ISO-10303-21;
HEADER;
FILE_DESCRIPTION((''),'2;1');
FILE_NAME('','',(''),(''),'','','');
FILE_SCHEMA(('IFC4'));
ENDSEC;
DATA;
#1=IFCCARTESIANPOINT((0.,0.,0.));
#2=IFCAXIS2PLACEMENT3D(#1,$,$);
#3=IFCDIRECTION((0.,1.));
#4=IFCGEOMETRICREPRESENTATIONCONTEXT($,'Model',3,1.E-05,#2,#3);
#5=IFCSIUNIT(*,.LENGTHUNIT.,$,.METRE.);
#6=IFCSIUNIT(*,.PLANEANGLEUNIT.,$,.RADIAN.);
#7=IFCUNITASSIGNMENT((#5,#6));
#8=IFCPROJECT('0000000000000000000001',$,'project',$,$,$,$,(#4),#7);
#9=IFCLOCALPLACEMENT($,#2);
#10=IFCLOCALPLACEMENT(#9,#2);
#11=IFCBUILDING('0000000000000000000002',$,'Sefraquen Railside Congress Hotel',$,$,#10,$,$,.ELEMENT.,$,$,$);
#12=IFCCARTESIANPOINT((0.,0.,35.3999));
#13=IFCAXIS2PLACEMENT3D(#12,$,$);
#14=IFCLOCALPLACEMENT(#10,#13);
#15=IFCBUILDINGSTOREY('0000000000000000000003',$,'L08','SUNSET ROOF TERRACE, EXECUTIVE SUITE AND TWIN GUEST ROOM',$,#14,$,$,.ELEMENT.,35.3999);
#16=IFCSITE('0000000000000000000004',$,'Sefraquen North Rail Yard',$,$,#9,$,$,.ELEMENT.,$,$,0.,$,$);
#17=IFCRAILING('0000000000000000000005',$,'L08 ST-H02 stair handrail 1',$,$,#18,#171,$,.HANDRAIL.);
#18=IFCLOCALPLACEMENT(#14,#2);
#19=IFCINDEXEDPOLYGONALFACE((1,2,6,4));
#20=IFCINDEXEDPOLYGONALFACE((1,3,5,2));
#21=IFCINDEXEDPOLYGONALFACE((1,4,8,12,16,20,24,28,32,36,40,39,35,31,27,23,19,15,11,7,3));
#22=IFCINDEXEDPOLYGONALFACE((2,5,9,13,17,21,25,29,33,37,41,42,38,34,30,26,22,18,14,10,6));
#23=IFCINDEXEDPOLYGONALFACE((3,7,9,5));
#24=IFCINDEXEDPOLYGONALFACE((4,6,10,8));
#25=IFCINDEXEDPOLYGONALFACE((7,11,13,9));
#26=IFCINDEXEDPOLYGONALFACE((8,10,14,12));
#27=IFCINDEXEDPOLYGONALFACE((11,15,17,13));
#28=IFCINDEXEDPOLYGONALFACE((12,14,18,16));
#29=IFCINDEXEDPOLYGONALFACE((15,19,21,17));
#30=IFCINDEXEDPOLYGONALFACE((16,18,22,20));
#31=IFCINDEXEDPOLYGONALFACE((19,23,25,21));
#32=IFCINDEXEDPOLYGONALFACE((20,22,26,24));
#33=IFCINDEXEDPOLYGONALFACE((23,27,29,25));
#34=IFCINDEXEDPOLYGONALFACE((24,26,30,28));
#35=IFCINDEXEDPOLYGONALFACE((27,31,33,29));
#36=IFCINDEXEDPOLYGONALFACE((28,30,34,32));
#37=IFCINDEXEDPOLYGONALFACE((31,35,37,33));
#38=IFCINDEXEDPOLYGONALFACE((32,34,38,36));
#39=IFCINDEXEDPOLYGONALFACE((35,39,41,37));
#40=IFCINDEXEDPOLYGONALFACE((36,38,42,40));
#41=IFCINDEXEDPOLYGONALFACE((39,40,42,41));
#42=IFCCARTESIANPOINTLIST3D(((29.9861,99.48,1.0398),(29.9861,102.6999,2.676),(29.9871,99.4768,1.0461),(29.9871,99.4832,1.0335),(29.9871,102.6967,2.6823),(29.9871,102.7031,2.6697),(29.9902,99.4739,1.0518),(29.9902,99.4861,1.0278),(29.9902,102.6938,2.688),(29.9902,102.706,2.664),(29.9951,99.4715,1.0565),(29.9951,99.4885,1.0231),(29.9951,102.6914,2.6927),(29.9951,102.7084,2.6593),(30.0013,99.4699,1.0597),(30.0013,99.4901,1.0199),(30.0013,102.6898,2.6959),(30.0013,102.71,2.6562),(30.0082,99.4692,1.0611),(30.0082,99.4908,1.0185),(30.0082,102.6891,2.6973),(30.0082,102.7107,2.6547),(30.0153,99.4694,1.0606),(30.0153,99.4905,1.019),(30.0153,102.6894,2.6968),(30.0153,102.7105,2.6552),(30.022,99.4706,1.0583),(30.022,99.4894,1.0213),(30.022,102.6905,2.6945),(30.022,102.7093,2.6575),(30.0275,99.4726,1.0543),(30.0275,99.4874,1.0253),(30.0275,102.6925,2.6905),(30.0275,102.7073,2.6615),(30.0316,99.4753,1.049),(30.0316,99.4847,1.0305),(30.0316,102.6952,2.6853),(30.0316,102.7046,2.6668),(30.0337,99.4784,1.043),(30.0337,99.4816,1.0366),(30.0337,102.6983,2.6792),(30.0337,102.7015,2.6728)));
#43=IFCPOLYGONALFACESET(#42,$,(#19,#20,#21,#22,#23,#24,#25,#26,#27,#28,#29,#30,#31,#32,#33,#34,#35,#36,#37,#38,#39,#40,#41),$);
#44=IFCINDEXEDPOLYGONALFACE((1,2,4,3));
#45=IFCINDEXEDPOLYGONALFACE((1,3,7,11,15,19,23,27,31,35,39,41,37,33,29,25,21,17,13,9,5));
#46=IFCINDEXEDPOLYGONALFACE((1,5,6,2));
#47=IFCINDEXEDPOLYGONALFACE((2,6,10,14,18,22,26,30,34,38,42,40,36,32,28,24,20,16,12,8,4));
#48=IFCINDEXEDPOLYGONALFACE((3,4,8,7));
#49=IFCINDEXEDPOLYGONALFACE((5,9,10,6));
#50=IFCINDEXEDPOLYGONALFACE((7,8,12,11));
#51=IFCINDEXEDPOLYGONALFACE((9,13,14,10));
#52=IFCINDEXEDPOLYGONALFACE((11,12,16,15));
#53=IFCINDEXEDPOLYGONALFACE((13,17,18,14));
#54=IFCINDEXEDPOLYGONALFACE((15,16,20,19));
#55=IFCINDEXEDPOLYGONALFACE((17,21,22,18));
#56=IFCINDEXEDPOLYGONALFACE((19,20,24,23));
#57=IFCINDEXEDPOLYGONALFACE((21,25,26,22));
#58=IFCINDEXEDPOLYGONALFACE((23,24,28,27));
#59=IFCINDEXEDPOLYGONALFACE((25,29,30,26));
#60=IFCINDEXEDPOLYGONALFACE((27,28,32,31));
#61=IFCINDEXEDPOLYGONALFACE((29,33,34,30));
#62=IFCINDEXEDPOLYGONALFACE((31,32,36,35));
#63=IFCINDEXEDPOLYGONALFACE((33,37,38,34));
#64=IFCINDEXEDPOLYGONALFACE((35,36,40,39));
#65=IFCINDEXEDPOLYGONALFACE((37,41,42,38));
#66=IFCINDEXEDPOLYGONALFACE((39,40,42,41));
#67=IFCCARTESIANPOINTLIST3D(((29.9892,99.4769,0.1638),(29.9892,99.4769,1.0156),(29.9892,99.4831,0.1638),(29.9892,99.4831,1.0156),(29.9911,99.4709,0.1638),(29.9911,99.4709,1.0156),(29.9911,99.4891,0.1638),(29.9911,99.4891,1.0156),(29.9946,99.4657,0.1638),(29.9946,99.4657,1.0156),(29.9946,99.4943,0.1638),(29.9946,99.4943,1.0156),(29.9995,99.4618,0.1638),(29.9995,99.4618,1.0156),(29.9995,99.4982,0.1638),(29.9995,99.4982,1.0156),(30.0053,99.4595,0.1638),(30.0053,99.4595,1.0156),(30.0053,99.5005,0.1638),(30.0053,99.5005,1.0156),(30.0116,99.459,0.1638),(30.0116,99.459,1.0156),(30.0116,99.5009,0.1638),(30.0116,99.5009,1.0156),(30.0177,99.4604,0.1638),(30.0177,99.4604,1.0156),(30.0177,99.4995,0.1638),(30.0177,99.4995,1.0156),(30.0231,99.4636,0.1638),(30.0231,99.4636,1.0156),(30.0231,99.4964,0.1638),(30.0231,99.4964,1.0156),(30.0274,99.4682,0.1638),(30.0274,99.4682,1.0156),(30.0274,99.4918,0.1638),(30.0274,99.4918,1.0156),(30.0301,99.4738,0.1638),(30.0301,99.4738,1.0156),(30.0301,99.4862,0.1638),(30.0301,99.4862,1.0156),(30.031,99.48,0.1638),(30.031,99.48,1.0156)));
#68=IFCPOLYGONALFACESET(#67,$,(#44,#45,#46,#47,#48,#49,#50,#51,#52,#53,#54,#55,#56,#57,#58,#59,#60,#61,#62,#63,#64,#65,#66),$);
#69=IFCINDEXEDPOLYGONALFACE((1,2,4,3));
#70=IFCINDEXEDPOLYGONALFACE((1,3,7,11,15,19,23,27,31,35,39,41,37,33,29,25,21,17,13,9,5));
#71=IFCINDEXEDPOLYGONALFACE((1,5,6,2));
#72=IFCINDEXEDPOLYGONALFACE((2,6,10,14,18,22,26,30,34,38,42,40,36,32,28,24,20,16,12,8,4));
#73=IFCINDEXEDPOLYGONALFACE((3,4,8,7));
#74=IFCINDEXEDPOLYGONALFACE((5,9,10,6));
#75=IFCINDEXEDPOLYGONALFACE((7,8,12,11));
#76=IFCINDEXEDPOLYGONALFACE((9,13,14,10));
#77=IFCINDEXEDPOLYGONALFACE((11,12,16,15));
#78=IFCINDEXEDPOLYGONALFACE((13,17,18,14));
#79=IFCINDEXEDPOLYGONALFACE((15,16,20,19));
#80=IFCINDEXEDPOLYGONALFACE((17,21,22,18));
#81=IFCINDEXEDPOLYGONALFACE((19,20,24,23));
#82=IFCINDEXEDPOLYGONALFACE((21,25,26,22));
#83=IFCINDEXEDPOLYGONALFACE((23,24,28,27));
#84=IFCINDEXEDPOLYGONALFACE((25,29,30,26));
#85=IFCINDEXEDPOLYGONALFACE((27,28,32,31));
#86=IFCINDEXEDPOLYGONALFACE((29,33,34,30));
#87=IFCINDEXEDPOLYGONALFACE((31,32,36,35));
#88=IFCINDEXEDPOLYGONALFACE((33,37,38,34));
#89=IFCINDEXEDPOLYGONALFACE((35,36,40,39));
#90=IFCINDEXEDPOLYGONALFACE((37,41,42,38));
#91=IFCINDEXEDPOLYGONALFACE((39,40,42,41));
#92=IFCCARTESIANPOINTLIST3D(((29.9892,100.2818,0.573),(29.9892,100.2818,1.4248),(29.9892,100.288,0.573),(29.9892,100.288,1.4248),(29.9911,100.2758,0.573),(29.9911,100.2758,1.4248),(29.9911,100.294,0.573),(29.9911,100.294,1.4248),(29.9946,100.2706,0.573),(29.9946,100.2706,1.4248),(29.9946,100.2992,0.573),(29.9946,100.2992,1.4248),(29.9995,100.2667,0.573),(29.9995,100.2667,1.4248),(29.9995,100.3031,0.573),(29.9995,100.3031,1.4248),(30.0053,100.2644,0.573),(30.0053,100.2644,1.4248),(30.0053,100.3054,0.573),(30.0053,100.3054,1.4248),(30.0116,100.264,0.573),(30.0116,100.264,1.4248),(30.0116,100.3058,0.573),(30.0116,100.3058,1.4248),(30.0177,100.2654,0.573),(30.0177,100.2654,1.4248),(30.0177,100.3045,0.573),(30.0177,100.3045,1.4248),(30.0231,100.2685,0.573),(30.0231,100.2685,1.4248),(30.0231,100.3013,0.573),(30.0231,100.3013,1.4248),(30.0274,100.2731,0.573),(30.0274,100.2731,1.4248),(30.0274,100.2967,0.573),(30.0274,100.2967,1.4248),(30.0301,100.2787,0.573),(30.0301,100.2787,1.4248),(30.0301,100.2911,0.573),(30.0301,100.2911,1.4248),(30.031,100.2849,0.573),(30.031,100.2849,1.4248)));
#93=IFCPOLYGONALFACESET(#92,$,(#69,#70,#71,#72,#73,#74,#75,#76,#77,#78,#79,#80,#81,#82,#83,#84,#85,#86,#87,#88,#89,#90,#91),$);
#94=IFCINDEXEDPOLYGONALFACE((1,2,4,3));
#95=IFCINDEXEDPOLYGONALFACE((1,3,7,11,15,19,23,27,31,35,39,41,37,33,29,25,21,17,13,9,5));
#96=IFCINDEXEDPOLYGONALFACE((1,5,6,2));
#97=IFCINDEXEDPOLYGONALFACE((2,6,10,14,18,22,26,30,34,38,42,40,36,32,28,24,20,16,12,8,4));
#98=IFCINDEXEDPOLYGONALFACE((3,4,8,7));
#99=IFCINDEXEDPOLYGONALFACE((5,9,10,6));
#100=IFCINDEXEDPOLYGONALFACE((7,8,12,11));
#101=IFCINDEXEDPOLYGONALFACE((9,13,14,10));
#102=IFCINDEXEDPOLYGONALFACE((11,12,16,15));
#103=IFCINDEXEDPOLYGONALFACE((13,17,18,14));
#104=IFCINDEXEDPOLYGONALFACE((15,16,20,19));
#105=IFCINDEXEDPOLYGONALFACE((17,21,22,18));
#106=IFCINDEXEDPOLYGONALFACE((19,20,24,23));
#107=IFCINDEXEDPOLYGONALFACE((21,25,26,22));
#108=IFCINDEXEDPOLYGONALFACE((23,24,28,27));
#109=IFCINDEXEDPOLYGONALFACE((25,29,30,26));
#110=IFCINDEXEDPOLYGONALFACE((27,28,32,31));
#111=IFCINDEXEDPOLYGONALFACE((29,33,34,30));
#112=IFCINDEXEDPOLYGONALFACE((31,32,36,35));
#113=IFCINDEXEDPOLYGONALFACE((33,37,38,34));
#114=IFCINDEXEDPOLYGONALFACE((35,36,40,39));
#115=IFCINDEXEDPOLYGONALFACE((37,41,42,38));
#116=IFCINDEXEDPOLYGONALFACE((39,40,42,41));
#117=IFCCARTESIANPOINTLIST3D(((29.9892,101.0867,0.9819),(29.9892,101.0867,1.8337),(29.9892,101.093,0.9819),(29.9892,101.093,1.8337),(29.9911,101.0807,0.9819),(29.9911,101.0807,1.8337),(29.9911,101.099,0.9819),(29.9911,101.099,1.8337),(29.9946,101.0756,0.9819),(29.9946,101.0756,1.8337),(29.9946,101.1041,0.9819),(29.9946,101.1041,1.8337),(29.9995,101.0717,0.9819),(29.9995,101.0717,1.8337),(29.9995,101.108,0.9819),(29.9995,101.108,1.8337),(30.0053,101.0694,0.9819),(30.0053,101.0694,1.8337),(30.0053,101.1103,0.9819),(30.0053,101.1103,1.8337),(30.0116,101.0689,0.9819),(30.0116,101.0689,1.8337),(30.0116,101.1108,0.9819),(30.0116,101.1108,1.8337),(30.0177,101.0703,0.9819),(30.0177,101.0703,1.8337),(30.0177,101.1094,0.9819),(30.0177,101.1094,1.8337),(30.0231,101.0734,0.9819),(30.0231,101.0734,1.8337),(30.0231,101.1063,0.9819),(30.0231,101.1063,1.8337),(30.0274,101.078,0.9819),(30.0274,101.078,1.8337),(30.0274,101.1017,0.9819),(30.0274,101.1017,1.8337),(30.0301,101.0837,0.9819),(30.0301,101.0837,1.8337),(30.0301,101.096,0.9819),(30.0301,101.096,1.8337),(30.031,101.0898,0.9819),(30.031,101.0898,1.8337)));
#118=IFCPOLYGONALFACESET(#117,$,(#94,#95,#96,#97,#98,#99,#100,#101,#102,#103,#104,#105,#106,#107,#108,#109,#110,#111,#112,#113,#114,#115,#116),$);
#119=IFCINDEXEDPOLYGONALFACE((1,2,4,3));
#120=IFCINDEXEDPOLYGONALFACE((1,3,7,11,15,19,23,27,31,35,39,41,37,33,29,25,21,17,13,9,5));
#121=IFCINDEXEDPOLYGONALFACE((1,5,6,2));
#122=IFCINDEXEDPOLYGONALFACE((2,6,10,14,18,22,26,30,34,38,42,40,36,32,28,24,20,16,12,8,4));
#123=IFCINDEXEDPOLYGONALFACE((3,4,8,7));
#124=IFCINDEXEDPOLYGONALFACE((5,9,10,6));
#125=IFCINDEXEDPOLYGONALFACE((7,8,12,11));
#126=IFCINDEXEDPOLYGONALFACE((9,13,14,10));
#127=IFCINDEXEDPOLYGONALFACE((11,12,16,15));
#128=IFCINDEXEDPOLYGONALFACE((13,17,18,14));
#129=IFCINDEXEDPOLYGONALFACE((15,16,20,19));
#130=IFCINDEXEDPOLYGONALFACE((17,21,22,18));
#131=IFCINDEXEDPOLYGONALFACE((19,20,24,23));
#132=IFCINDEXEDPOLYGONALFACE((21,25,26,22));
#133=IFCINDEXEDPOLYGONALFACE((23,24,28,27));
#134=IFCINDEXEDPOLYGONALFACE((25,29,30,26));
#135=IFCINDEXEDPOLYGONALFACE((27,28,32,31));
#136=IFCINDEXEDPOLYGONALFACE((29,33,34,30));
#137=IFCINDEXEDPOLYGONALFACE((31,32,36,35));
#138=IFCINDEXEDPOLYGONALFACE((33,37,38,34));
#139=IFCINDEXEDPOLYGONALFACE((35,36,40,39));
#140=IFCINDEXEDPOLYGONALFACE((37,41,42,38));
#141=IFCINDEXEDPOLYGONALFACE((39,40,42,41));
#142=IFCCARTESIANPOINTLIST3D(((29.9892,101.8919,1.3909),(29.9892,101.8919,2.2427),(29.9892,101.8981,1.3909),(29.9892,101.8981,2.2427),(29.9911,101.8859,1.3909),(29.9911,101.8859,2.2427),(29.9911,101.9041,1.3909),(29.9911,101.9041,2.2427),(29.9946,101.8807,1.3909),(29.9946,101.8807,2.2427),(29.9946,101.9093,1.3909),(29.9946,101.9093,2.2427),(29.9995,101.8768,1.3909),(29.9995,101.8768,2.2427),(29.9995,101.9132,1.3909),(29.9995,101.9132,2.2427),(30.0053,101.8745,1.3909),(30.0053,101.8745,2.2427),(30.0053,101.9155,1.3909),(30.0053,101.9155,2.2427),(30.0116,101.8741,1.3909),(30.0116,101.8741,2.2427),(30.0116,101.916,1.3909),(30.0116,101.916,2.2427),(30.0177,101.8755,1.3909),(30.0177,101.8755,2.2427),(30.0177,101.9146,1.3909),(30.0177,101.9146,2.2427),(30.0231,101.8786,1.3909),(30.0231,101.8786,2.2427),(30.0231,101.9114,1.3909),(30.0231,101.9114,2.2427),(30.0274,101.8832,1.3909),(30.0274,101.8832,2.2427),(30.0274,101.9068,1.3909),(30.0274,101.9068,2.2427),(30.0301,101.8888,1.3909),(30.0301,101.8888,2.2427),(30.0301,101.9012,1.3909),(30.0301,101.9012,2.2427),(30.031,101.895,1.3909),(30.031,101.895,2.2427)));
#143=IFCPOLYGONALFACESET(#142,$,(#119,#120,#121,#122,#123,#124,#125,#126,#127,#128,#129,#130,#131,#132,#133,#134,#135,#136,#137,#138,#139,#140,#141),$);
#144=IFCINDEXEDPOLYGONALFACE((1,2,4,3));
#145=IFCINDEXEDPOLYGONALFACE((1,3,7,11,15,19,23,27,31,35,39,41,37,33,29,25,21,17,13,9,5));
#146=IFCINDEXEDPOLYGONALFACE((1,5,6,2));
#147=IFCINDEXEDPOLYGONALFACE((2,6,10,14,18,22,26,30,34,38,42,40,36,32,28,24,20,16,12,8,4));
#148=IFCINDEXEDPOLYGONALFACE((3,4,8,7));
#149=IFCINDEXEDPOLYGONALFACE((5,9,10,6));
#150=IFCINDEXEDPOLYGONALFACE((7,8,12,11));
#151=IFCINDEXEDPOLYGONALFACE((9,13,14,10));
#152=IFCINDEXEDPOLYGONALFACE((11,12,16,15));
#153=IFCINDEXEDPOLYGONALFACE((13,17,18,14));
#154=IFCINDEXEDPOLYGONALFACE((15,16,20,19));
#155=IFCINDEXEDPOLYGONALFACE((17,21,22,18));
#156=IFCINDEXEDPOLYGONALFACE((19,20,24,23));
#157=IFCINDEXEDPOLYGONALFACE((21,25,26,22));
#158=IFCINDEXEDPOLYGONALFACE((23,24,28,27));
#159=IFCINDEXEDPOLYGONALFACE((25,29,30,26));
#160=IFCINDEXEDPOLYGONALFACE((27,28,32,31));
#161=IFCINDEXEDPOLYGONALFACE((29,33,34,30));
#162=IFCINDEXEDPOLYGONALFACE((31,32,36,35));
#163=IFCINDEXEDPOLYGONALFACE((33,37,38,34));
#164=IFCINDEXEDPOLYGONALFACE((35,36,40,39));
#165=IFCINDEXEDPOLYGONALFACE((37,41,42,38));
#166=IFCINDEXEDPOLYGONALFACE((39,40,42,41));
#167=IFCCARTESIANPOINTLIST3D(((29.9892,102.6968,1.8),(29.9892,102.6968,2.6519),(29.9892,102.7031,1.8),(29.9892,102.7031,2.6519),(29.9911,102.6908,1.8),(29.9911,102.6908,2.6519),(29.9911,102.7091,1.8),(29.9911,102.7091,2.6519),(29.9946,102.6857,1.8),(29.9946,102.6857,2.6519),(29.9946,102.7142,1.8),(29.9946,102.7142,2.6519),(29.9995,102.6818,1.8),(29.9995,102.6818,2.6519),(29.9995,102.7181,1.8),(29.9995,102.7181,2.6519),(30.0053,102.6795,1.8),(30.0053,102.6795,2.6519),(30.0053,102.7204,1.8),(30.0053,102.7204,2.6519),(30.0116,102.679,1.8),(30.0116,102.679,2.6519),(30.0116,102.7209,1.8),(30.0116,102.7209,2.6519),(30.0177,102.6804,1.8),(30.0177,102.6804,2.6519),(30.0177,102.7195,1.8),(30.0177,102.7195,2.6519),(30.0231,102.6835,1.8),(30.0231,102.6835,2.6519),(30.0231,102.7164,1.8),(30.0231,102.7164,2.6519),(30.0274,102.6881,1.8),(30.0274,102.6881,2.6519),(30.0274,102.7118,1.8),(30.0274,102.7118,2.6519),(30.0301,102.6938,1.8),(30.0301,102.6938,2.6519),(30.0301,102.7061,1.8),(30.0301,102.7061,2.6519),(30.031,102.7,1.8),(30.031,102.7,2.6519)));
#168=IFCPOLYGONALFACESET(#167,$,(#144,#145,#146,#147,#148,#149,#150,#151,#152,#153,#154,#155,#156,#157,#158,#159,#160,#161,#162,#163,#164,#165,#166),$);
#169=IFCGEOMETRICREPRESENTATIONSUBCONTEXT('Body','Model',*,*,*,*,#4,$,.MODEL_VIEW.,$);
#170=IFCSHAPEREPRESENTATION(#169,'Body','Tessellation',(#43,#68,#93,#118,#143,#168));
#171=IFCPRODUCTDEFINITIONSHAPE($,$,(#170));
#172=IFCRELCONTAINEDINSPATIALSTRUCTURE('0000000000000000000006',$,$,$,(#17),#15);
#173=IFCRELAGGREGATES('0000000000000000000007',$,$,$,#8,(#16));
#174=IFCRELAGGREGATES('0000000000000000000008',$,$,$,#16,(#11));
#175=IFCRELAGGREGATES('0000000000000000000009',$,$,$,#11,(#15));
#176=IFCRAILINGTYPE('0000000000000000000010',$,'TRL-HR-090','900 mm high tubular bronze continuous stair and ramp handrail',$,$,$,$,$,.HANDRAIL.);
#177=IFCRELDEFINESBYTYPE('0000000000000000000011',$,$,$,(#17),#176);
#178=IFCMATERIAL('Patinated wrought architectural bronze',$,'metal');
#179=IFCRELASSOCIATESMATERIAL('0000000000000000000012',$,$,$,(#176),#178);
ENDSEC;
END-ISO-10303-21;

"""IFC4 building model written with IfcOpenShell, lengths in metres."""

from ifc_helpers import new_model, si_unit, direction, frame, origin, origin_2d, place, context, subcontext, project, spatial, circle, extrude, material, type_object, element, save


model = new_model("IFC4")

# Units and contexts
model_context = context("Model", 3, precision=1e-05, world=origin(), true_north=direction((0.0, 1.0)))
body_context = subcontext(model_context, "Body", "Model", "MODEL_VIEW")
ifc_project = project(units=[si_unit("LENGTHUNIT", "METRE"), si_unit("PLANEANGLEUNIT", "RADIAN")], contexts=[model_context])

# Site, building, storey
site_placement = place(None, origin())
site = spatial("IfcSite", under=ifc_project, at=site_placement, Name="Sefraquen North Rail Yard", CompositionType="ELEMENT", RefElevation=0.0)
building_placement = place(site_placement, origin())
building = spatial("IfcBuilding", under=site, at=building_placement, Name="Sefraquen Railside Congress Hotel", CompositionType="ELEMENT")
storey_placement = place(building_placement, frame((0.0, 0.0, 35.3999)))
storey = spatial("IfcBuildingStorey", under=building, at=storey_placement, Name="L08", Description="SUNSET ROOF TERRACE, EXECUTIVE SUITE AND TWIN GUEST ROOM", CompositionType="ELEMENT", Elevation=35.3999)

# Railing
ifc_material_1 = material(Name="Patinated wrought architectural bronze", Category="metal")
railing_type_1 = type_object("IfcRailingType", Name="TRL-HR-090", Description="900 mm high tubular bronze continuous stair and ramp handrail", PredefinedType="HANDRAIL", material=ifc_material_1)
railing_1_placement = place(storey_placement, frame((30.01, 99.48, 0.1638)))
element("IfcRailing", 1, at=railing_1_placement, inside=storey, type_object=railing_type_1, Name="L08 ST-H02 stair handrail 1", PredefinedType="HANDRAIL", context=body_context, shape_type="SweptSolid", body=[
    extrude(circle(Radius=0.0239, at=origin_2d()), frame((0.0, 0.0, 0.876), z_axis=(0.0, 0.891502, 0.453017), x_axis=(-1.0, 0.0, 0.0)), (0.0, 0.0, 1.0), 3.6118),
    extrude(circle(Radius=0.021, at=origin_2d()), origin(), (0.0, 0.0, 1.0), 0.8518),
    extrude(circle(Radius=0.021, at=origin_2d()), frame((0.0, 0.8049, 0.4092)), (0.0, 0.0, 1.0), 0.8518),
    extrude(circle(Radius=0.021, at=origin_2d()), frame((0.0, 1.6099, 0.8181)), (0.0, 0.0, 1.0), 0.8518),
    extrude(circle(Radius=0.021, at=origin_2d()), frame((0.0, 2.415, 1.2271)), (0.0, 0.0, 1.0), 0.8518),
    extrude(circle(Radius=0.021, at=origin_2d()), frame((0.0, 3.22, 1.6362)), (0.0, 0.0, 1.0), 0.8518),
])

save(model, "model.ifc")
